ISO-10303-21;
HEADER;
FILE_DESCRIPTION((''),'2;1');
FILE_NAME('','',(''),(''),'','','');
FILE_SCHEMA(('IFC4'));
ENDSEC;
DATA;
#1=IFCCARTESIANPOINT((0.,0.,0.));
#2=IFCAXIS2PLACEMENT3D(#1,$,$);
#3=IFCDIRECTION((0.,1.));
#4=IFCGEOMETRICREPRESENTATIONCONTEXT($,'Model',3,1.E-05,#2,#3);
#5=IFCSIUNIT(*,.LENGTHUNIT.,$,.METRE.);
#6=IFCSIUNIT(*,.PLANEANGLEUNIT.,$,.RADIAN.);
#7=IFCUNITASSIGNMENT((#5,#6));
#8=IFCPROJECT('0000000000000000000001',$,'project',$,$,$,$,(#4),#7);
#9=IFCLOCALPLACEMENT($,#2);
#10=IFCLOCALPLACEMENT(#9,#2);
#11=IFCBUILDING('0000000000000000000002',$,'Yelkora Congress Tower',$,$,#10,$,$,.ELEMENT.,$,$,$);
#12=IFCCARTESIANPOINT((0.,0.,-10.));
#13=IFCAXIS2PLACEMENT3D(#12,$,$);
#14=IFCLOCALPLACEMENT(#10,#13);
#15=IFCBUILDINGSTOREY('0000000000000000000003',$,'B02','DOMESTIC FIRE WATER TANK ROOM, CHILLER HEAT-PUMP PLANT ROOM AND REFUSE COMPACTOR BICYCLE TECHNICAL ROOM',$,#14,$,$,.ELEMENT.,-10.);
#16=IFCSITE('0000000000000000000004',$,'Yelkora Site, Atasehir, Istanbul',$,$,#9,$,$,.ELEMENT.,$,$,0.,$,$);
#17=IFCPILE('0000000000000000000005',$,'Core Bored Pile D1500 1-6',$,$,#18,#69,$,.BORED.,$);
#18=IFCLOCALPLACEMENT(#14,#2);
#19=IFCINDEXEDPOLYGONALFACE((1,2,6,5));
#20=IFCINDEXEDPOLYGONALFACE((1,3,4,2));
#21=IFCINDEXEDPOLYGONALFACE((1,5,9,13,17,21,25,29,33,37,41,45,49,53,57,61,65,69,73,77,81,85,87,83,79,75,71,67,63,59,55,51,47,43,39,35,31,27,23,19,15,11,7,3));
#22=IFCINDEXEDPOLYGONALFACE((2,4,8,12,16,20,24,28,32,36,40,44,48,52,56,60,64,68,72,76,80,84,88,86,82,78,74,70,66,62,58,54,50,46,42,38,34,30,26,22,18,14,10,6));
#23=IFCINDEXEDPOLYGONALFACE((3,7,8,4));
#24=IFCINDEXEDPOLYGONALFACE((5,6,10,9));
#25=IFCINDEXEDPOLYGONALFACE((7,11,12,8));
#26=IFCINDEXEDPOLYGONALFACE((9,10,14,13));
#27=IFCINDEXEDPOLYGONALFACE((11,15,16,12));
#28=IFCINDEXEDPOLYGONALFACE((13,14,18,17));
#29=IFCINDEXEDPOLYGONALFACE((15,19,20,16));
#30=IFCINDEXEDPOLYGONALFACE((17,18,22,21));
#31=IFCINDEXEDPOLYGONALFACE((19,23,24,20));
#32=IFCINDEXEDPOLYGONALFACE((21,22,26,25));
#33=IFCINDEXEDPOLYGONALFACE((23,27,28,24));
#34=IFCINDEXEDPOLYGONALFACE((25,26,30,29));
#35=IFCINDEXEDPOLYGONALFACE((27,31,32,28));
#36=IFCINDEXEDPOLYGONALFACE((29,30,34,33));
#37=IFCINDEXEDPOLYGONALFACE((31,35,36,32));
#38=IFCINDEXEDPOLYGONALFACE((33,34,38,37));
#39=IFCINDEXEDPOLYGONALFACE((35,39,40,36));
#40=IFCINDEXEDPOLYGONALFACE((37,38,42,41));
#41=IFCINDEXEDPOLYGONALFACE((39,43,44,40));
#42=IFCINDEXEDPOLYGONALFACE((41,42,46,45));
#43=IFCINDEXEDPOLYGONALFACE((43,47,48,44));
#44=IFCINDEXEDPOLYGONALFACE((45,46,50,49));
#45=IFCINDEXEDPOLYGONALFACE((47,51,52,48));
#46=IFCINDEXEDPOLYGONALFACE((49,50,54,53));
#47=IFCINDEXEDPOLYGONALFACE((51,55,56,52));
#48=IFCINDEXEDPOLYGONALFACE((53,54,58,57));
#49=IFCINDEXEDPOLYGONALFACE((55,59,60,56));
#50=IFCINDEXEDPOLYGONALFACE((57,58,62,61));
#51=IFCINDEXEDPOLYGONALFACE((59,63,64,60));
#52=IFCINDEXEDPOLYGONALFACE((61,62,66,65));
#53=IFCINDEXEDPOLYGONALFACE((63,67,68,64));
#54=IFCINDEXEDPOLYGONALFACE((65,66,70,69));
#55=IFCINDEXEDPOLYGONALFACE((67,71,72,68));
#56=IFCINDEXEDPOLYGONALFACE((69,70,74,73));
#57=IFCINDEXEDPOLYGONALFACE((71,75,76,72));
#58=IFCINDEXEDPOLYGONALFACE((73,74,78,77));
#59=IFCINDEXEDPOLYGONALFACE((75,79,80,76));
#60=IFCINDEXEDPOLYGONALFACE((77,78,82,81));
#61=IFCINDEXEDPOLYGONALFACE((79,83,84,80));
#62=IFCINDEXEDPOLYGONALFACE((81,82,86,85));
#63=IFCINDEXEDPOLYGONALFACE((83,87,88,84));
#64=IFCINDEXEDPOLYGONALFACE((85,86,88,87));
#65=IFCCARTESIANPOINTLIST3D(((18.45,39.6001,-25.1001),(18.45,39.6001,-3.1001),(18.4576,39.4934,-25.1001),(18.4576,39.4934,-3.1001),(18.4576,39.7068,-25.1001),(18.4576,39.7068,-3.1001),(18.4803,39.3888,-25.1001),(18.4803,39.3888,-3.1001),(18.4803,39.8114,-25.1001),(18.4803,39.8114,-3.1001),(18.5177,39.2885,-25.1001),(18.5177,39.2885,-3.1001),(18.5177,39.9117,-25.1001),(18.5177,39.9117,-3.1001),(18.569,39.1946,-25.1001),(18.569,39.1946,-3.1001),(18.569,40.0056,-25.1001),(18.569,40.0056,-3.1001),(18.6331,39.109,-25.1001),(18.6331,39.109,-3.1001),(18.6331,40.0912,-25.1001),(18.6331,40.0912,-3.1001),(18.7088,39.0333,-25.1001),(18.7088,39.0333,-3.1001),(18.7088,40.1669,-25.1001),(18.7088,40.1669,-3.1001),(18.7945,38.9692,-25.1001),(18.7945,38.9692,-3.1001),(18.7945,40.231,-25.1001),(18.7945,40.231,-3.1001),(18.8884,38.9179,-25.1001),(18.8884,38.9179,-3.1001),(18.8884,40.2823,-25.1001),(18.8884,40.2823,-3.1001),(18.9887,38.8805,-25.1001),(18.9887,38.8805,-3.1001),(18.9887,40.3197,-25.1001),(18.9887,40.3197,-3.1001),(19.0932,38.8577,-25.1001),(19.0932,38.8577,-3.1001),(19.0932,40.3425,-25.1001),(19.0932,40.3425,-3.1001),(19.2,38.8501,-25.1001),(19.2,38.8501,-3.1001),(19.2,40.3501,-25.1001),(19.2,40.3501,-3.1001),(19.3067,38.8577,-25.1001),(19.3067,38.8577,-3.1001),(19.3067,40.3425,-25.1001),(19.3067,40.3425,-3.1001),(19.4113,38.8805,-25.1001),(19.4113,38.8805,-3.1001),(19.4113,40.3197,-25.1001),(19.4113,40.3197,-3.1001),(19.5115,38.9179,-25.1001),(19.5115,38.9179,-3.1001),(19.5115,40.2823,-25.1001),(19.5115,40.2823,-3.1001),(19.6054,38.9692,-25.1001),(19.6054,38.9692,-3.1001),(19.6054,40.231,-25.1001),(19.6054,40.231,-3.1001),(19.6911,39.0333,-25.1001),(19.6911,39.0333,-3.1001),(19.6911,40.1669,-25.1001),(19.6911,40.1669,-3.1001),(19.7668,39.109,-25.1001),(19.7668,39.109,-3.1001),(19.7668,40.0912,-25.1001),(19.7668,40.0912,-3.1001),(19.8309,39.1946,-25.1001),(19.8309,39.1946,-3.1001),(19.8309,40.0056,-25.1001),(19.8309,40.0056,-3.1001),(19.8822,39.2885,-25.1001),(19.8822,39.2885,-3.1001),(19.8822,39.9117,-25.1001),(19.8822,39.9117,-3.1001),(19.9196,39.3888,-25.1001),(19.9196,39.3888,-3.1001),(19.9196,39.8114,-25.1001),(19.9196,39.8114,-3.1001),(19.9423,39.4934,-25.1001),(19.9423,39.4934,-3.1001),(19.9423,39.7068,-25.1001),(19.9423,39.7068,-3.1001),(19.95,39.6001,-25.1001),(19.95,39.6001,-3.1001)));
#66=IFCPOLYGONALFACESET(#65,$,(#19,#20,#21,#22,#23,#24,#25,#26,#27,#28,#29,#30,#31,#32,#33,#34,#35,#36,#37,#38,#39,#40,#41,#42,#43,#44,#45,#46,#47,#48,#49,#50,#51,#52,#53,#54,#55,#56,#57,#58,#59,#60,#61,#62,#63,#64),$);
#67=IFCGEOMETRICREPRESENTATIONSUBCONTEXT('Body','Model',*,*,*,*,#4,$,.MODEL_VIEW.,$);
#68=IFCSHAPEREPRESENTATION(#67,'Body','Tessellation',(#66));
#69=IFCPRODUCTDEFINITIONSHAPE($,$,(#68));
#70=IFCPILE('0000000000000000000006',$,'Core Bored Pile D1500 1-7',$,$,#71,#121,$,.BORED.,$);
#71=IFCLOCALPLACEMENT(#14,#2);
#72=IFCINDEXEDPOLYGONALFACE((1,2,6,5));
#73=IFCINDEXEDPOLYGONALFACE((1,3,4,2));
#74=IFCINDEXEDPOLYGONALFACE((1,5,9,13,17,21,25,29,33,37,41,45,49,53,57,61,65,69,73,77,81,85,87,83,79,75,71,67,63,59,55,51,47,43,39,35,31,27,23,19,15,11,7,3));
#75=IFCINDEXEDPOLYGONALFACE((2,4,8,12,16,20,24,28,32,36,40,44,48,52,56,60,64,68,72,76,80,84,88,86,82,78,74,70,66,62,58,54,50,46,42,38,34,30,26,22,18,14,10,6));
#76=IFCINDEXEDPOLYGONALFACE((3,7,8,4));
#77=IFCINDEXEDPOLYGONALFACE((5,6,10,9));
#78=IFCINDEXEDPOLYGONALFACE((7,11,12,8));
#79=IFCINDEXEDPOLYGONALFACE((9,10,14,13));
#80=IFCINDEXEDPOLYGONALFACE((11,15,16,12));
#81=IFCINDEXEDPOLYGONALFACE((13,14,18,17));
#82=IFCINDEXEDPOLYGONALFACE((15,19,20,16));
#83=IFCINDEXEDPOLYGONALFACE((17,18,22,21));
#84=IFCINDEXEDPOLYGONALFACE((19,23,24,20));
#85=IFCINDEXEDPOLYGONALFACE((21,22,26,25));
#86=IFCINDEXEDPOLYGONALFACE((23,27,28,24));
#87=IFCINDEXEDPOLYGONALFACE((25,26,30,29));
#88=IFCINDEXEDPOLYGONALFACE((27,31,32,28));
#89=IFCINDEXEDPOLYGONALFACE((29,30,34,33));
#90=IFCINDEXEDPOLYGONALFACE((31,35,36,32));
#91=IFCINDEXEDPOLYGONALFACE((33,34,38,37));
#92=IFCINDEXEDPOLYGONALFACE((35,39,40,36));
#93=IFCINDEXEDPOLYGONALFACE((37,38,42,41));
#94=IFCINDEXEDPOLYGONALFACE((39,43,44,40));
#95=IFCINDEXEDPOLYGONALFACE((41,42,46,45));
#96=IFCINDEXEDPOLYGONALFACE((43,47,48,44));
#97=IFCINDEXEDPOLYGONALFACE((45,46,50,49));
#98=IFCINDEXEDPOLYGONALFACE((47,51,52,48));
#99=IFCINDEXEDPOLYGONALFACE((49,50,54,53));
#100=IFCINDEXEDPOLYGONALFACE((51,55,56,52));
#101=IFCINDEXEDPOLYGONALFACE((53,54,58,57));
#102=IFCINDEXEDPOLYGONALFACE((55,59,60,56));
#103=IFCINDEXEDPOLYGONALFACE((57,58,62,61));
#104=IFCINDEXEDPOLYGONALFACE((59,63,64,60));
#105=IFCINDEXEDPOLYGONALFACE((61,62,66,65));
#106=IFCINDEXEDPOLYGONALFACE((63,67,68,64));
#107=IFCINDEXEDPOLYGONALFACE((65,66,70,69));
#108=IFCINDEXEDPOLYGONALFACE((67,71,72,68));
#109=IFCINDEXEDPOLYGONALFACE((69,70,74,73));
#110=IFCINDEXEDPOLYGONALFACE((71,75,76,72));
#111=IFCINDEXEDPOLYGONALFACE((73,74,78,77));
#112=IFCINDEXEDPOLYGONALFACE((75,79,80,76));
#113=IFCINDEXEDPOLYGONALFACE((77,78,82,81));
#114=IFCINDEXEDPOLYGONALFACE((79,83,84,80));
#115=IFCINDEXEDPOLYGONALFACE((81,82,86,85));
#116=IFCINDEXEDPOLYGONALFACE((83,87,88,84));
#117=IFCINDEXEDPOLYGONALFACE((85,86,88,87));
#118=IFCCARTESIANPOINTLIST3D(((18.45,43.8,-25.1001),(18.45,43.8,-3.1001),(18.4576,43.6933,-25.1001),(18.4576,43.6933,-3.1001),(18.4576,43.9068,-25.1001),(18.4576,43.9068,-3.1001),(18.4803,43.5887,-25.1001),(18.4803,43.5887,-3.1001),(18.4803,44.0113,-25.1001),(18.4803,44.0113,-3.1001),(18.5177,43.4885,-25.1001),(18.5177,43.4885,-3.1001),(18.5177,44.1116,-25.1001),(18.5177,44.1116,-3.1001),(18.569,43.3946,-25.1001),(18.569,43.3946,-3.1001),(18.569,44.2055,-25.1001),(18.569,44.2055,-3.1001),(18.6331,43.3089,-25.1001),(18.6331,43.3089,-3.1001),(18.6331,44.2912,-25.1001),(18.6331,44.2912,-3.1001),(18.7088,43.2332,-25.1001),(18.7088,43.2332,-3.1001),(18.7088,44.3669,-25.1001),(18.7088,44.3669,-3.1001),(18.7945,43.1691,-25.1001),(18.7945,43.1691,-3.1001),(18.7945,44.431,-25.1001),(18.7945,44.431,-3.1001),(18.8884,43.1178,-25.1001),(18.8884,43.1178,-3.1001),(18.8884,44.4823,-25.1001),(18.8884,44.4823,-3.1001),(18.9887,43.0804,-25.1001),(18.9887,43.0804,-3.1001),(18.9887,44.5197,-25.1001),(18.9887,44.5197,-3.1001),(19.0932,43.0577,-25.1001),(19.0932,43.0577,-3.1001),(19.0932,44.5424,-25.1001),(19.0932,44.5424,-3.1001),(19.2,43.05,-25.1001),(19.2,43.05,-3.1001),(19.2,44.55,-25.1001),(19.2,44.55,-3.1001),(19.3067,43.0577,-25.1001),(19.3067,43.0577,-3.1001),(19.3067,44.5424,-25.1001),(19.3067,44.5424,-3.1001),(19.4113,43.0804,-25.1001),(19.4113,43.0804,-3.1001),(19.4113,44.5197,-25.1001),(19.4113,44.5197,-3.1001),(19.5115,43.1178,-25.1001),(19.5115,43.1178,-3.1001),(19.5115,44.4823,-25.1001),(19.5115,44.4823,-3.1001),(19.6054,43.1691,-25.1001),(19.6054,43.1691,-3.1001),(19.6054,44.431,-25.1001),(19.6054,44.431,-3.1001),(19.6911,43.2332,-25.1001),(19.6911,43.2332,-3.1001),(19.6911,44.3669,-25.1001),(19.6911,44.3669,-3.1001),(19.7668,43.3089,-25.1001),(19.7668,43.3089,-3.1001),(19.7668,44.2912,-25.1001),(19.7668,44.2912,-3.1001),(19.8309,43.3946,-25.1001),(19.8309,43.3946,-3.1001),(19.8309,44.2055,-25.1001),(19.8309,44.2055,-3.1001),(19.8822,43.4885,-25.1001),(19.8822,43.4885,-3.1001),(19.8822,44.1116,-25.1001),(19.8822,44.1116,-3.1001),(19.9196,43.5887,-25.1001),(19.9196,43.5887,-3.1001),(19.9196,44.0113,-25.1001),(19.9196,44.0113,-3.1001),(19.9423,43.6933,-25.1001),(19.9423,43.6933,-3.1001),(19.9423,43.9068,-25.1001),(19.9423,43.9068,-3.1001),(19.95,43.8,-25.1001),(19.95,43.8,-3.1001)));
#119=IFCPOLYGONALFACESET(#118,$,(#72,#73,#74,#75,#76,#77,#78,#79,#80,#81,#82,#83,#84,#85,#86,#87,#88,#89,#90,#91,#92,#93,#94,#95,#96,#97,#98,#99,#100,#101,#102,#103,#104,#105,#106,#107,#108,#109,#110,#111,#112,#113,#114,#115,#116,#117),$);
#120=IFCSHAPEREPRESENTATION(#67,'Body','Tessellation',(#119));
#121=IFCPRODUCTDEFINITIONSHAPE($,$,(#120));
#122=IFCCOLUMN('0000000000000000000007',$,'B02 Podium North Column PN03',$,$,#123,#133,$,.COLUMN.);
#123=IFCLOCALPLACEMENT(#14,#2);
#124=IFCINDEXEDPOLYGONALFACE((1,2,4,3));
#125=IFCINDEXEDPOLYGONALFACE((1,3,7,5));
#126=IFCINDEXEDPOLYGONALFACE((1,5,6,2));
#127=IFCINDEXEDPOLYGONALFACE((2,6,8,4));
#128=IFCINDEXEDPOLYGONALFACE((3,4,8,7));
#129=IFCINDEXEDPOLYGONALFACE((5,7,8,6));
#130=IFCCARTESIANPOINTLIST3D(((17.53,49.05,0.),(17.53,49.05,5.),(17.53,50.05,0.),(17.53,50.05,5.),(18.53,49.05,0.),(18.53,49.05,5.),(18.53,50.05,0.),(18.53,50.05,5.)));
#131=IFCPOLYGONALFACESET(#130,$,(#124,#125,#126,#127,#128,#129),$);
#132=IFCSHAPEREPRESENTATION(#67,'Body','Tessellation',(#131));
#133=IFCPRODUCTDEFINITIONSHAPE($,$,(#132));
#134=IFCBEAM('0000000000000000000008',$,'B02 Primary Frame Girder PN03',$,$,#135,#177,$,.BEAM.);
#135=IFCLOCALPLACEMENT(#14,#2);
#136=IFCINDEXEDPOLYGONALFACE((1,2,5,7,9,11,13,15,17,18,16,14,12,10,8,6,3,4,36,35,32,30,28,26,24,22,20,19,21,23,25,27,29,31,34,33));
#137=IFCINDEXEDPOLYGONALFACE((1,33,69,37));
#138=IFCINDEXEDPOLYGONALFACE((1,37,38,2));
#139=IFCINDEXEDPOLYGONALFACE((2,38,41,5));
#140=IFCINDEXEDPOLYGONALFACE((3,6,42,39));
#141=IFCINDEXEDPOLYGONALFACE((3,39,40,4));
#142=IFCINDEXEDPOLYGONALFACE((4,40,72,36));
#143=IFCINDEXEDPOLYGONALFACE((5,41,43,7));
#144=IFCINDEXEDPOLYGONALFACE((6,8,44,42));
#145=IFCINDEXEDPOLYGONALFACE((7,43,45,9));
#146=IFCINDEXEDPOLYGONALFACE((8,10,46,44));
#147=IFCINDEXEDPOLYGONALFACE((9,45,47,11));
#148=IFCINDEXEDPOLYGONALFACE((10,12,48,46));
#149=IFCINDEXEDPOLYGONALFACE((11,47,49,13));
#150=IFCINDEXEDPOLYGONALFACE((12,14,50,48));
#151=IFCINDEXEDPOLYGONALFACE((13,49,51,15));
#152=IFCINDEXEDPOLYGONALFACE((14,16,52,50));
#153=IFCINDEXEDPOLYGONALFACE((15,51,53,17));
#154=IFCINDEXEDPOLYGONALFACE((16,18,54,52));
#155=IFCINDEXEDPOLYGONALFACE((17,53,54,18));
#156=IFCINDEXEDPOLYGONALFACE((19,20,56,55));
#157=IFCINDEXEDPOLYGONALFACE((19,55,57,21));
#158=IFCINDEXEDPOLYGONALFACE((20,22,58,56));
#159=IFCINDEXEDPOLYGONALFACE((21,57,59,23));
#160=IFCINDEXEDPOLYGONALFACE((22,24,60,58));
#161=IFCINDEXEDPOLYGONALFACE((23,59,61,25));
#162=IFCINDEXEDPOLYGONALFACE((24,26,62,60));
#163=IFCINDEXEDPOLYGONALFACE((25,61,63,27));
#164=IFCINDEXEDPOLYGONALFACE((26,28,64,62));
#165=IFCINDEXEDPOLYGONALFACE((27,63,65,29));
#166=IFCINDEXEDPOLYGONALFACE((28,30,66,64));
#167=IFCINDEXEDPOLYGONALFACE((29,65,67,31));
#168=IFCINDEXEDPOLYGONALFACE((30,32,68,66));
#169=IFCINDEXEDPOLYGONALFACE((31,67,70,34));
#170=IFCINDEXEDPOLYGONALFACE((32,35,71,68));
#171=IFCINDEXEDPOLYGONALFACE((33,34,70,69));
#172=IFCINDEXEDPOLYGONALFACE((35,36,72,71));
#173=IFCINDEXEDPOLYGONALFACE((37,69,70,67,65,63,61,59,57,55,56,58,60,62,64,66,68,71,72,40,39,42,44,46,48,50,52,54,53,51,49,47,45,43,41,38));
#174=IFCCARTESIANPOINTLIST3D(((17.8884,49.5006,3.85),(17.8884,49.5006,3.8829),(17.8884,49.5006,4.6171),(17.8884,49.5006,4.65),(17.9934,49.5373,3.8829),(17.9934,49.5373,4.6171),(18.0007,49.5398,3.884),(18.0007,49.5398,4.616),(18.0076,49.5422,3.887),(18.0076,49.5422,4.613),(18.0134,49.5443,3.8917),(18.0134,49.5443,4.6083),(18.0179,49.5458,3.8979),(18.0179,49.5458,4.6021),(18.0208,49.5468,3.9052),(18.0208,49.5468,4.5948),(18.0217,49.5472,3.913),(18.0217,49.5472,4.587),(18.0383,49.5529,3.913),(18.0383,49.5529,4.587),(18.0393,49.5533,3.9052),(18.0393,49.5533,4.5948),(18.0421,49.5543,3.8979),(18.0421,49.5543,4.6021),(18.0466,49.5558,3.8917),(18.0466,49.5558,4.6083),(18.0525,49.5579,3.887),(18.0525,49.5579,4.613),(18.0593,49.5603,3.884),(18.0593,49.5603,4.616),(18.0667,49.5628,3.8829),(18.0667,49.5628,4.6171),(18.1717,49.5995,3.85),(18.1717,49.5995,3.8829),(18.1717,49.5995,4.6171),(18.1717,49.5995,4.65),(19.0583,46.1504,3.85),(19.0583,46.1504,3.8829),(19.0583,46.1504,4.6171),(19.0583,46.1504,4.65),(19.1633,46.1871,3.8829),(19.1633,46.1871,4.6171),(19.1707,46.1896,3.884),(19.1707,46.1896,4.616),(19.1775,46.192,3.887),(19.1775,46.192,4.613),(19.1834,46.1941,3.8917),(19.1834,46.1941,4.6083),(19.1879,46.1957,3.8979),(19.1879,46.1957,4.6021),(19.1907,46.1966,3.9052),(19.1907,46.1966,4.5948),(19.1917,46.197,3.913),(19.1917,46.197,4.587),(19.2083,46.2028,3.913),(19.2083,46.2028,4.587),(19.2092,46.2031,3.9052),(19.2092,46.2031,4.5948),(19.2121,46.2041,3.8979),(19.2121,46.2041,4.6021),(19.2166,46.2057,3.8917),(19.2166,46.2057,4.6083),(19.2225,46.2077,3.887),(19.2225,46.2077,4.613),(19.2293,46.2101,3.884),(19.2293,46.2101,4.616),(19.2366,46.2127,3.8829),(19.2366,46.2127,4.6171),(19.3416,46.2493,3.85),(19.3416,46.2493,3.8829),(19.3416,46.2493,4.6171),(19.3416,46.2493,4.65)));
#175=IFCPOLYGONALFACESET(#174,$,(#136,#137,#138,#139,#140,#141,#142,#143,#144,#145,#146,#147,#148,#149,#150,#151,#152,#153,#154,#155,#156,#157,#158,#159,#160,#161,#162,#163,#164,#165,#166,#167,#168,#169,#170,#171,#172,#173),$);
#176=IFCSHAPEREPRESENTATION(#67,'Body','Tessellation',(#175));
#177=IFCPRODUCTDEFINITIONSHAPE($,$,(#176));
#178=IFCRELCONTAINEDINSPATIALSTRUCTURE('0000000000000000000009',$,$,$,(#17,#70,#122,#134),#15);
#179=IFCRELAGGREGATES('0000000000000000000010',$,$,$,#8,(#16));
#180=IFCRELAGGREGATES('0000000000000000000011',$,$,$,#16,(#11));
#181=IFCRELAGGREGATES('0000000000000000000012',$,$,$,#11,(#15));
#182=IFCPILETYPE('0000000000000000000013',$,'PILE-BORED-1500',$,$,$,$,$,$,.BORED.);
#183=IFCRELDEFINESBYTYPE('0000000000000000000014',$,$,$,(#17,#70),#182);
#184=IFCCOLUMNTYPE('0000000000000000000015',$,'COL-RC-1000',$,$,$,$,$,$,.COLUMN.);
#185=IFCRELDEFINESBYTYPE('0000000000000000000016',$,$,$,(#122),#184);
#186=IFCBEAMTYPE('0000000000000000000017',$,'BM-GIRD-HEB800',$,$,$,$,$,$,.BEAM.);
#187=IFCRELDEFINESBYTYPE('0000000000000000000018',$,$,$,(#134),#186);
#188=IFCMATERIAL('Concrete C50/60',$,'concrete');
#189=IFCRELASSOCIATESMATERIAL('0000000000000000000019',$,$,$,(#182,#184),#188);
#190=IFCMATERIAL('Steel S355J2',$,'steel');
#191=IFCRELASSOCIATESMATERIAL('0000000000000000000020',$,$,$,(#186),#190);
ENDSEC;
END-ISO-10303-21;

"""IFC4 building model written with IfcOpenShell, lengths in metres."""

from ifc_helpers import new_model, si_unit, direction, frame, origin, origin_2d, place, context, subcontext, project, spatial, rectangle, circle, i_section, extrude, material, material_profile, profile_set, type_object, element, save


model = new_model("IFC4")

# Units and contexts
model_context = context("Model", 3, precision=1e-05, world=origin(), true_north=direction((0.0, 1.0)))
body_context = subcontext(model_context, "Body", "Model", "MODEL_VIEW")
ifc_project = project(units=[si_unit("LENGTHUNIT", "METRE"), si_unit("PLANEANGLEUNIT", "RADIAN")], contexts=[model_context])

# Site, building, storey
site_placement = place(None, origin())
site = spatial("IfcSite", under=ifc_project, at=site_placement, Name="Yelkora Site, Atasehir, Istanbul", CompositionType="ELEMENT", RefElevation=0.0)
building_placement = place(site_placement, origin())
building = spatial("IfcBuilding", under=site, at=building_placement, Name="Yelkora Congress Tower", CompositionType="ELEMENT")
storey_placement = place(building_placement, frame((0.0, 0.0, -10.0)))
storey = spatial("IfcBuildingStorey", under=building, at=storey_placement, Name="B02", Description="DOMESTIC FIRE WATER TANK ROOM, CHILLER HEAT-PUMP PLANT ROOM AND REFUSE COMPACTOR BICYCLE TECHNICAL ROOM", CompositionType="ELEMENT", Elevation=-10.0)

# Piles
ifc_material_1 = material(Name="Concrete C50/60", Category="concrete")
ifc_material_profile_1 = material_profile(ifc_material_1, circle(Radius=0.75, at=origin_2d()), Name="PILE D1500")
ifc_profile_set_1 = profile_set([ifc_material_profile_1], Name="Concrete C50/60")
pile_type_1 = type_object("IfcPileType", Name="PILE-BORED-1500", PredefinedType="BORED", material=ifc_profile_set_1)
for number, where, z_axis, x_axis, name in (
    (1, (19.2, 39.6001, -3.1001), (0.0, 0.0, -1.0), (1.0, 0.0, 0.0), "Core Bored Pile D1500 1-6"),
    (2, (19.2, 43.8, -3.1001), (0.0, 0.0, -1.0), (1.0, 0.0, 0.0), "Core Bored Pile D1500 1-7"),
):
    element("IfcPile", number, at=place(storey_placement, frame(where, z_axis=z_axis, x_axis=x_axis)), inside=storey, type_object=pile_type_1, Name=name, PredefinedType="BORED", context=body_context, shape_type="SweptSolid", body=[
        extrude(circle(Radius=0.75, at=origin_2d()), origin(), (0.0, 0.0, 1.0), 22.0),
    ])

# Column
ifc_material_profile_2 = material_profile(ifc_material_1, rectangle(XDim=1.0, YDim=1.0, at=origin_2d()), Name="RC 1000x1000")
ifc_profile_set_2 = profile_set([ifc_material_profile_2], Name="Concrete C50/60")
column_type = type_object("IfcColumnType", Name="COL-RC-1000", PredefinedType="COLUMN", material=ifc_profile_set_2)
column_placement = place(storey_placement, frame((18.03, 49.55, 0.0), z_axis=(0.0, 0.0, 1.0), x_axis=(1.0, 0.0, 0.0)))
element("IfcColumn", 3, at=column_placement, inside=storey, type_object=column_type, Name="B02 Podium North Column PN03", PredefinedType="COLUMN", context=body_context, shape_type="SweptSolid", body=[
    extrude(rectangle(XDim=1.0, YDim=1.0, at=origin_2d()), origin(), (0.0, 0.0, 1.0), 5.0),
])

# Beam
ifc_material_2 = material(Name="Steel S355J2", Category="steel")
ifc_material_profile_3 = material_profile(ifc_material_2, i_section(OverallWidth=0.3, OverallDepth=0.8, WebThickness=0.0176, FlangeThickness=0.033, FilletRadius=0.03, at=origin_2d()), Name="HEB 800")
ifc_profile_set_3 = profile_set([ifc_material_profile_3], Name="Steel S355J2")
beam_type_1 = type_object("IfcBeamType", Name="BM-GIRD-HEB800", PredefinedType="BEAM", material=ifc_profile_set_3)
beam_1_placement = place(storey_placement, frame((18.03, 49.55, 4.25), z_axis=(0.329695, -0.944088, 0.0), x_axis=(0.944088, 0.329695, 0.0)))
element("IfcBeam", 4, at=beam_1_placement, inside=storey, type_object=beam_type_1, Name="B02 Primary Frame Girder PN03", PredefinedType="BEAM", context=body_context, shape_type="SweptSolid", body=[
    extrude(i_section(OverallWidth=0.3, OverallDepth=0.8, WebThickness=0.0176, FlangeThickness=0.033, FilletRadius=0.03, at=origin_2d()), origin(), (0.0, 0.0, 1.0), 3.5486),
])

save(model, "model.ifc")
